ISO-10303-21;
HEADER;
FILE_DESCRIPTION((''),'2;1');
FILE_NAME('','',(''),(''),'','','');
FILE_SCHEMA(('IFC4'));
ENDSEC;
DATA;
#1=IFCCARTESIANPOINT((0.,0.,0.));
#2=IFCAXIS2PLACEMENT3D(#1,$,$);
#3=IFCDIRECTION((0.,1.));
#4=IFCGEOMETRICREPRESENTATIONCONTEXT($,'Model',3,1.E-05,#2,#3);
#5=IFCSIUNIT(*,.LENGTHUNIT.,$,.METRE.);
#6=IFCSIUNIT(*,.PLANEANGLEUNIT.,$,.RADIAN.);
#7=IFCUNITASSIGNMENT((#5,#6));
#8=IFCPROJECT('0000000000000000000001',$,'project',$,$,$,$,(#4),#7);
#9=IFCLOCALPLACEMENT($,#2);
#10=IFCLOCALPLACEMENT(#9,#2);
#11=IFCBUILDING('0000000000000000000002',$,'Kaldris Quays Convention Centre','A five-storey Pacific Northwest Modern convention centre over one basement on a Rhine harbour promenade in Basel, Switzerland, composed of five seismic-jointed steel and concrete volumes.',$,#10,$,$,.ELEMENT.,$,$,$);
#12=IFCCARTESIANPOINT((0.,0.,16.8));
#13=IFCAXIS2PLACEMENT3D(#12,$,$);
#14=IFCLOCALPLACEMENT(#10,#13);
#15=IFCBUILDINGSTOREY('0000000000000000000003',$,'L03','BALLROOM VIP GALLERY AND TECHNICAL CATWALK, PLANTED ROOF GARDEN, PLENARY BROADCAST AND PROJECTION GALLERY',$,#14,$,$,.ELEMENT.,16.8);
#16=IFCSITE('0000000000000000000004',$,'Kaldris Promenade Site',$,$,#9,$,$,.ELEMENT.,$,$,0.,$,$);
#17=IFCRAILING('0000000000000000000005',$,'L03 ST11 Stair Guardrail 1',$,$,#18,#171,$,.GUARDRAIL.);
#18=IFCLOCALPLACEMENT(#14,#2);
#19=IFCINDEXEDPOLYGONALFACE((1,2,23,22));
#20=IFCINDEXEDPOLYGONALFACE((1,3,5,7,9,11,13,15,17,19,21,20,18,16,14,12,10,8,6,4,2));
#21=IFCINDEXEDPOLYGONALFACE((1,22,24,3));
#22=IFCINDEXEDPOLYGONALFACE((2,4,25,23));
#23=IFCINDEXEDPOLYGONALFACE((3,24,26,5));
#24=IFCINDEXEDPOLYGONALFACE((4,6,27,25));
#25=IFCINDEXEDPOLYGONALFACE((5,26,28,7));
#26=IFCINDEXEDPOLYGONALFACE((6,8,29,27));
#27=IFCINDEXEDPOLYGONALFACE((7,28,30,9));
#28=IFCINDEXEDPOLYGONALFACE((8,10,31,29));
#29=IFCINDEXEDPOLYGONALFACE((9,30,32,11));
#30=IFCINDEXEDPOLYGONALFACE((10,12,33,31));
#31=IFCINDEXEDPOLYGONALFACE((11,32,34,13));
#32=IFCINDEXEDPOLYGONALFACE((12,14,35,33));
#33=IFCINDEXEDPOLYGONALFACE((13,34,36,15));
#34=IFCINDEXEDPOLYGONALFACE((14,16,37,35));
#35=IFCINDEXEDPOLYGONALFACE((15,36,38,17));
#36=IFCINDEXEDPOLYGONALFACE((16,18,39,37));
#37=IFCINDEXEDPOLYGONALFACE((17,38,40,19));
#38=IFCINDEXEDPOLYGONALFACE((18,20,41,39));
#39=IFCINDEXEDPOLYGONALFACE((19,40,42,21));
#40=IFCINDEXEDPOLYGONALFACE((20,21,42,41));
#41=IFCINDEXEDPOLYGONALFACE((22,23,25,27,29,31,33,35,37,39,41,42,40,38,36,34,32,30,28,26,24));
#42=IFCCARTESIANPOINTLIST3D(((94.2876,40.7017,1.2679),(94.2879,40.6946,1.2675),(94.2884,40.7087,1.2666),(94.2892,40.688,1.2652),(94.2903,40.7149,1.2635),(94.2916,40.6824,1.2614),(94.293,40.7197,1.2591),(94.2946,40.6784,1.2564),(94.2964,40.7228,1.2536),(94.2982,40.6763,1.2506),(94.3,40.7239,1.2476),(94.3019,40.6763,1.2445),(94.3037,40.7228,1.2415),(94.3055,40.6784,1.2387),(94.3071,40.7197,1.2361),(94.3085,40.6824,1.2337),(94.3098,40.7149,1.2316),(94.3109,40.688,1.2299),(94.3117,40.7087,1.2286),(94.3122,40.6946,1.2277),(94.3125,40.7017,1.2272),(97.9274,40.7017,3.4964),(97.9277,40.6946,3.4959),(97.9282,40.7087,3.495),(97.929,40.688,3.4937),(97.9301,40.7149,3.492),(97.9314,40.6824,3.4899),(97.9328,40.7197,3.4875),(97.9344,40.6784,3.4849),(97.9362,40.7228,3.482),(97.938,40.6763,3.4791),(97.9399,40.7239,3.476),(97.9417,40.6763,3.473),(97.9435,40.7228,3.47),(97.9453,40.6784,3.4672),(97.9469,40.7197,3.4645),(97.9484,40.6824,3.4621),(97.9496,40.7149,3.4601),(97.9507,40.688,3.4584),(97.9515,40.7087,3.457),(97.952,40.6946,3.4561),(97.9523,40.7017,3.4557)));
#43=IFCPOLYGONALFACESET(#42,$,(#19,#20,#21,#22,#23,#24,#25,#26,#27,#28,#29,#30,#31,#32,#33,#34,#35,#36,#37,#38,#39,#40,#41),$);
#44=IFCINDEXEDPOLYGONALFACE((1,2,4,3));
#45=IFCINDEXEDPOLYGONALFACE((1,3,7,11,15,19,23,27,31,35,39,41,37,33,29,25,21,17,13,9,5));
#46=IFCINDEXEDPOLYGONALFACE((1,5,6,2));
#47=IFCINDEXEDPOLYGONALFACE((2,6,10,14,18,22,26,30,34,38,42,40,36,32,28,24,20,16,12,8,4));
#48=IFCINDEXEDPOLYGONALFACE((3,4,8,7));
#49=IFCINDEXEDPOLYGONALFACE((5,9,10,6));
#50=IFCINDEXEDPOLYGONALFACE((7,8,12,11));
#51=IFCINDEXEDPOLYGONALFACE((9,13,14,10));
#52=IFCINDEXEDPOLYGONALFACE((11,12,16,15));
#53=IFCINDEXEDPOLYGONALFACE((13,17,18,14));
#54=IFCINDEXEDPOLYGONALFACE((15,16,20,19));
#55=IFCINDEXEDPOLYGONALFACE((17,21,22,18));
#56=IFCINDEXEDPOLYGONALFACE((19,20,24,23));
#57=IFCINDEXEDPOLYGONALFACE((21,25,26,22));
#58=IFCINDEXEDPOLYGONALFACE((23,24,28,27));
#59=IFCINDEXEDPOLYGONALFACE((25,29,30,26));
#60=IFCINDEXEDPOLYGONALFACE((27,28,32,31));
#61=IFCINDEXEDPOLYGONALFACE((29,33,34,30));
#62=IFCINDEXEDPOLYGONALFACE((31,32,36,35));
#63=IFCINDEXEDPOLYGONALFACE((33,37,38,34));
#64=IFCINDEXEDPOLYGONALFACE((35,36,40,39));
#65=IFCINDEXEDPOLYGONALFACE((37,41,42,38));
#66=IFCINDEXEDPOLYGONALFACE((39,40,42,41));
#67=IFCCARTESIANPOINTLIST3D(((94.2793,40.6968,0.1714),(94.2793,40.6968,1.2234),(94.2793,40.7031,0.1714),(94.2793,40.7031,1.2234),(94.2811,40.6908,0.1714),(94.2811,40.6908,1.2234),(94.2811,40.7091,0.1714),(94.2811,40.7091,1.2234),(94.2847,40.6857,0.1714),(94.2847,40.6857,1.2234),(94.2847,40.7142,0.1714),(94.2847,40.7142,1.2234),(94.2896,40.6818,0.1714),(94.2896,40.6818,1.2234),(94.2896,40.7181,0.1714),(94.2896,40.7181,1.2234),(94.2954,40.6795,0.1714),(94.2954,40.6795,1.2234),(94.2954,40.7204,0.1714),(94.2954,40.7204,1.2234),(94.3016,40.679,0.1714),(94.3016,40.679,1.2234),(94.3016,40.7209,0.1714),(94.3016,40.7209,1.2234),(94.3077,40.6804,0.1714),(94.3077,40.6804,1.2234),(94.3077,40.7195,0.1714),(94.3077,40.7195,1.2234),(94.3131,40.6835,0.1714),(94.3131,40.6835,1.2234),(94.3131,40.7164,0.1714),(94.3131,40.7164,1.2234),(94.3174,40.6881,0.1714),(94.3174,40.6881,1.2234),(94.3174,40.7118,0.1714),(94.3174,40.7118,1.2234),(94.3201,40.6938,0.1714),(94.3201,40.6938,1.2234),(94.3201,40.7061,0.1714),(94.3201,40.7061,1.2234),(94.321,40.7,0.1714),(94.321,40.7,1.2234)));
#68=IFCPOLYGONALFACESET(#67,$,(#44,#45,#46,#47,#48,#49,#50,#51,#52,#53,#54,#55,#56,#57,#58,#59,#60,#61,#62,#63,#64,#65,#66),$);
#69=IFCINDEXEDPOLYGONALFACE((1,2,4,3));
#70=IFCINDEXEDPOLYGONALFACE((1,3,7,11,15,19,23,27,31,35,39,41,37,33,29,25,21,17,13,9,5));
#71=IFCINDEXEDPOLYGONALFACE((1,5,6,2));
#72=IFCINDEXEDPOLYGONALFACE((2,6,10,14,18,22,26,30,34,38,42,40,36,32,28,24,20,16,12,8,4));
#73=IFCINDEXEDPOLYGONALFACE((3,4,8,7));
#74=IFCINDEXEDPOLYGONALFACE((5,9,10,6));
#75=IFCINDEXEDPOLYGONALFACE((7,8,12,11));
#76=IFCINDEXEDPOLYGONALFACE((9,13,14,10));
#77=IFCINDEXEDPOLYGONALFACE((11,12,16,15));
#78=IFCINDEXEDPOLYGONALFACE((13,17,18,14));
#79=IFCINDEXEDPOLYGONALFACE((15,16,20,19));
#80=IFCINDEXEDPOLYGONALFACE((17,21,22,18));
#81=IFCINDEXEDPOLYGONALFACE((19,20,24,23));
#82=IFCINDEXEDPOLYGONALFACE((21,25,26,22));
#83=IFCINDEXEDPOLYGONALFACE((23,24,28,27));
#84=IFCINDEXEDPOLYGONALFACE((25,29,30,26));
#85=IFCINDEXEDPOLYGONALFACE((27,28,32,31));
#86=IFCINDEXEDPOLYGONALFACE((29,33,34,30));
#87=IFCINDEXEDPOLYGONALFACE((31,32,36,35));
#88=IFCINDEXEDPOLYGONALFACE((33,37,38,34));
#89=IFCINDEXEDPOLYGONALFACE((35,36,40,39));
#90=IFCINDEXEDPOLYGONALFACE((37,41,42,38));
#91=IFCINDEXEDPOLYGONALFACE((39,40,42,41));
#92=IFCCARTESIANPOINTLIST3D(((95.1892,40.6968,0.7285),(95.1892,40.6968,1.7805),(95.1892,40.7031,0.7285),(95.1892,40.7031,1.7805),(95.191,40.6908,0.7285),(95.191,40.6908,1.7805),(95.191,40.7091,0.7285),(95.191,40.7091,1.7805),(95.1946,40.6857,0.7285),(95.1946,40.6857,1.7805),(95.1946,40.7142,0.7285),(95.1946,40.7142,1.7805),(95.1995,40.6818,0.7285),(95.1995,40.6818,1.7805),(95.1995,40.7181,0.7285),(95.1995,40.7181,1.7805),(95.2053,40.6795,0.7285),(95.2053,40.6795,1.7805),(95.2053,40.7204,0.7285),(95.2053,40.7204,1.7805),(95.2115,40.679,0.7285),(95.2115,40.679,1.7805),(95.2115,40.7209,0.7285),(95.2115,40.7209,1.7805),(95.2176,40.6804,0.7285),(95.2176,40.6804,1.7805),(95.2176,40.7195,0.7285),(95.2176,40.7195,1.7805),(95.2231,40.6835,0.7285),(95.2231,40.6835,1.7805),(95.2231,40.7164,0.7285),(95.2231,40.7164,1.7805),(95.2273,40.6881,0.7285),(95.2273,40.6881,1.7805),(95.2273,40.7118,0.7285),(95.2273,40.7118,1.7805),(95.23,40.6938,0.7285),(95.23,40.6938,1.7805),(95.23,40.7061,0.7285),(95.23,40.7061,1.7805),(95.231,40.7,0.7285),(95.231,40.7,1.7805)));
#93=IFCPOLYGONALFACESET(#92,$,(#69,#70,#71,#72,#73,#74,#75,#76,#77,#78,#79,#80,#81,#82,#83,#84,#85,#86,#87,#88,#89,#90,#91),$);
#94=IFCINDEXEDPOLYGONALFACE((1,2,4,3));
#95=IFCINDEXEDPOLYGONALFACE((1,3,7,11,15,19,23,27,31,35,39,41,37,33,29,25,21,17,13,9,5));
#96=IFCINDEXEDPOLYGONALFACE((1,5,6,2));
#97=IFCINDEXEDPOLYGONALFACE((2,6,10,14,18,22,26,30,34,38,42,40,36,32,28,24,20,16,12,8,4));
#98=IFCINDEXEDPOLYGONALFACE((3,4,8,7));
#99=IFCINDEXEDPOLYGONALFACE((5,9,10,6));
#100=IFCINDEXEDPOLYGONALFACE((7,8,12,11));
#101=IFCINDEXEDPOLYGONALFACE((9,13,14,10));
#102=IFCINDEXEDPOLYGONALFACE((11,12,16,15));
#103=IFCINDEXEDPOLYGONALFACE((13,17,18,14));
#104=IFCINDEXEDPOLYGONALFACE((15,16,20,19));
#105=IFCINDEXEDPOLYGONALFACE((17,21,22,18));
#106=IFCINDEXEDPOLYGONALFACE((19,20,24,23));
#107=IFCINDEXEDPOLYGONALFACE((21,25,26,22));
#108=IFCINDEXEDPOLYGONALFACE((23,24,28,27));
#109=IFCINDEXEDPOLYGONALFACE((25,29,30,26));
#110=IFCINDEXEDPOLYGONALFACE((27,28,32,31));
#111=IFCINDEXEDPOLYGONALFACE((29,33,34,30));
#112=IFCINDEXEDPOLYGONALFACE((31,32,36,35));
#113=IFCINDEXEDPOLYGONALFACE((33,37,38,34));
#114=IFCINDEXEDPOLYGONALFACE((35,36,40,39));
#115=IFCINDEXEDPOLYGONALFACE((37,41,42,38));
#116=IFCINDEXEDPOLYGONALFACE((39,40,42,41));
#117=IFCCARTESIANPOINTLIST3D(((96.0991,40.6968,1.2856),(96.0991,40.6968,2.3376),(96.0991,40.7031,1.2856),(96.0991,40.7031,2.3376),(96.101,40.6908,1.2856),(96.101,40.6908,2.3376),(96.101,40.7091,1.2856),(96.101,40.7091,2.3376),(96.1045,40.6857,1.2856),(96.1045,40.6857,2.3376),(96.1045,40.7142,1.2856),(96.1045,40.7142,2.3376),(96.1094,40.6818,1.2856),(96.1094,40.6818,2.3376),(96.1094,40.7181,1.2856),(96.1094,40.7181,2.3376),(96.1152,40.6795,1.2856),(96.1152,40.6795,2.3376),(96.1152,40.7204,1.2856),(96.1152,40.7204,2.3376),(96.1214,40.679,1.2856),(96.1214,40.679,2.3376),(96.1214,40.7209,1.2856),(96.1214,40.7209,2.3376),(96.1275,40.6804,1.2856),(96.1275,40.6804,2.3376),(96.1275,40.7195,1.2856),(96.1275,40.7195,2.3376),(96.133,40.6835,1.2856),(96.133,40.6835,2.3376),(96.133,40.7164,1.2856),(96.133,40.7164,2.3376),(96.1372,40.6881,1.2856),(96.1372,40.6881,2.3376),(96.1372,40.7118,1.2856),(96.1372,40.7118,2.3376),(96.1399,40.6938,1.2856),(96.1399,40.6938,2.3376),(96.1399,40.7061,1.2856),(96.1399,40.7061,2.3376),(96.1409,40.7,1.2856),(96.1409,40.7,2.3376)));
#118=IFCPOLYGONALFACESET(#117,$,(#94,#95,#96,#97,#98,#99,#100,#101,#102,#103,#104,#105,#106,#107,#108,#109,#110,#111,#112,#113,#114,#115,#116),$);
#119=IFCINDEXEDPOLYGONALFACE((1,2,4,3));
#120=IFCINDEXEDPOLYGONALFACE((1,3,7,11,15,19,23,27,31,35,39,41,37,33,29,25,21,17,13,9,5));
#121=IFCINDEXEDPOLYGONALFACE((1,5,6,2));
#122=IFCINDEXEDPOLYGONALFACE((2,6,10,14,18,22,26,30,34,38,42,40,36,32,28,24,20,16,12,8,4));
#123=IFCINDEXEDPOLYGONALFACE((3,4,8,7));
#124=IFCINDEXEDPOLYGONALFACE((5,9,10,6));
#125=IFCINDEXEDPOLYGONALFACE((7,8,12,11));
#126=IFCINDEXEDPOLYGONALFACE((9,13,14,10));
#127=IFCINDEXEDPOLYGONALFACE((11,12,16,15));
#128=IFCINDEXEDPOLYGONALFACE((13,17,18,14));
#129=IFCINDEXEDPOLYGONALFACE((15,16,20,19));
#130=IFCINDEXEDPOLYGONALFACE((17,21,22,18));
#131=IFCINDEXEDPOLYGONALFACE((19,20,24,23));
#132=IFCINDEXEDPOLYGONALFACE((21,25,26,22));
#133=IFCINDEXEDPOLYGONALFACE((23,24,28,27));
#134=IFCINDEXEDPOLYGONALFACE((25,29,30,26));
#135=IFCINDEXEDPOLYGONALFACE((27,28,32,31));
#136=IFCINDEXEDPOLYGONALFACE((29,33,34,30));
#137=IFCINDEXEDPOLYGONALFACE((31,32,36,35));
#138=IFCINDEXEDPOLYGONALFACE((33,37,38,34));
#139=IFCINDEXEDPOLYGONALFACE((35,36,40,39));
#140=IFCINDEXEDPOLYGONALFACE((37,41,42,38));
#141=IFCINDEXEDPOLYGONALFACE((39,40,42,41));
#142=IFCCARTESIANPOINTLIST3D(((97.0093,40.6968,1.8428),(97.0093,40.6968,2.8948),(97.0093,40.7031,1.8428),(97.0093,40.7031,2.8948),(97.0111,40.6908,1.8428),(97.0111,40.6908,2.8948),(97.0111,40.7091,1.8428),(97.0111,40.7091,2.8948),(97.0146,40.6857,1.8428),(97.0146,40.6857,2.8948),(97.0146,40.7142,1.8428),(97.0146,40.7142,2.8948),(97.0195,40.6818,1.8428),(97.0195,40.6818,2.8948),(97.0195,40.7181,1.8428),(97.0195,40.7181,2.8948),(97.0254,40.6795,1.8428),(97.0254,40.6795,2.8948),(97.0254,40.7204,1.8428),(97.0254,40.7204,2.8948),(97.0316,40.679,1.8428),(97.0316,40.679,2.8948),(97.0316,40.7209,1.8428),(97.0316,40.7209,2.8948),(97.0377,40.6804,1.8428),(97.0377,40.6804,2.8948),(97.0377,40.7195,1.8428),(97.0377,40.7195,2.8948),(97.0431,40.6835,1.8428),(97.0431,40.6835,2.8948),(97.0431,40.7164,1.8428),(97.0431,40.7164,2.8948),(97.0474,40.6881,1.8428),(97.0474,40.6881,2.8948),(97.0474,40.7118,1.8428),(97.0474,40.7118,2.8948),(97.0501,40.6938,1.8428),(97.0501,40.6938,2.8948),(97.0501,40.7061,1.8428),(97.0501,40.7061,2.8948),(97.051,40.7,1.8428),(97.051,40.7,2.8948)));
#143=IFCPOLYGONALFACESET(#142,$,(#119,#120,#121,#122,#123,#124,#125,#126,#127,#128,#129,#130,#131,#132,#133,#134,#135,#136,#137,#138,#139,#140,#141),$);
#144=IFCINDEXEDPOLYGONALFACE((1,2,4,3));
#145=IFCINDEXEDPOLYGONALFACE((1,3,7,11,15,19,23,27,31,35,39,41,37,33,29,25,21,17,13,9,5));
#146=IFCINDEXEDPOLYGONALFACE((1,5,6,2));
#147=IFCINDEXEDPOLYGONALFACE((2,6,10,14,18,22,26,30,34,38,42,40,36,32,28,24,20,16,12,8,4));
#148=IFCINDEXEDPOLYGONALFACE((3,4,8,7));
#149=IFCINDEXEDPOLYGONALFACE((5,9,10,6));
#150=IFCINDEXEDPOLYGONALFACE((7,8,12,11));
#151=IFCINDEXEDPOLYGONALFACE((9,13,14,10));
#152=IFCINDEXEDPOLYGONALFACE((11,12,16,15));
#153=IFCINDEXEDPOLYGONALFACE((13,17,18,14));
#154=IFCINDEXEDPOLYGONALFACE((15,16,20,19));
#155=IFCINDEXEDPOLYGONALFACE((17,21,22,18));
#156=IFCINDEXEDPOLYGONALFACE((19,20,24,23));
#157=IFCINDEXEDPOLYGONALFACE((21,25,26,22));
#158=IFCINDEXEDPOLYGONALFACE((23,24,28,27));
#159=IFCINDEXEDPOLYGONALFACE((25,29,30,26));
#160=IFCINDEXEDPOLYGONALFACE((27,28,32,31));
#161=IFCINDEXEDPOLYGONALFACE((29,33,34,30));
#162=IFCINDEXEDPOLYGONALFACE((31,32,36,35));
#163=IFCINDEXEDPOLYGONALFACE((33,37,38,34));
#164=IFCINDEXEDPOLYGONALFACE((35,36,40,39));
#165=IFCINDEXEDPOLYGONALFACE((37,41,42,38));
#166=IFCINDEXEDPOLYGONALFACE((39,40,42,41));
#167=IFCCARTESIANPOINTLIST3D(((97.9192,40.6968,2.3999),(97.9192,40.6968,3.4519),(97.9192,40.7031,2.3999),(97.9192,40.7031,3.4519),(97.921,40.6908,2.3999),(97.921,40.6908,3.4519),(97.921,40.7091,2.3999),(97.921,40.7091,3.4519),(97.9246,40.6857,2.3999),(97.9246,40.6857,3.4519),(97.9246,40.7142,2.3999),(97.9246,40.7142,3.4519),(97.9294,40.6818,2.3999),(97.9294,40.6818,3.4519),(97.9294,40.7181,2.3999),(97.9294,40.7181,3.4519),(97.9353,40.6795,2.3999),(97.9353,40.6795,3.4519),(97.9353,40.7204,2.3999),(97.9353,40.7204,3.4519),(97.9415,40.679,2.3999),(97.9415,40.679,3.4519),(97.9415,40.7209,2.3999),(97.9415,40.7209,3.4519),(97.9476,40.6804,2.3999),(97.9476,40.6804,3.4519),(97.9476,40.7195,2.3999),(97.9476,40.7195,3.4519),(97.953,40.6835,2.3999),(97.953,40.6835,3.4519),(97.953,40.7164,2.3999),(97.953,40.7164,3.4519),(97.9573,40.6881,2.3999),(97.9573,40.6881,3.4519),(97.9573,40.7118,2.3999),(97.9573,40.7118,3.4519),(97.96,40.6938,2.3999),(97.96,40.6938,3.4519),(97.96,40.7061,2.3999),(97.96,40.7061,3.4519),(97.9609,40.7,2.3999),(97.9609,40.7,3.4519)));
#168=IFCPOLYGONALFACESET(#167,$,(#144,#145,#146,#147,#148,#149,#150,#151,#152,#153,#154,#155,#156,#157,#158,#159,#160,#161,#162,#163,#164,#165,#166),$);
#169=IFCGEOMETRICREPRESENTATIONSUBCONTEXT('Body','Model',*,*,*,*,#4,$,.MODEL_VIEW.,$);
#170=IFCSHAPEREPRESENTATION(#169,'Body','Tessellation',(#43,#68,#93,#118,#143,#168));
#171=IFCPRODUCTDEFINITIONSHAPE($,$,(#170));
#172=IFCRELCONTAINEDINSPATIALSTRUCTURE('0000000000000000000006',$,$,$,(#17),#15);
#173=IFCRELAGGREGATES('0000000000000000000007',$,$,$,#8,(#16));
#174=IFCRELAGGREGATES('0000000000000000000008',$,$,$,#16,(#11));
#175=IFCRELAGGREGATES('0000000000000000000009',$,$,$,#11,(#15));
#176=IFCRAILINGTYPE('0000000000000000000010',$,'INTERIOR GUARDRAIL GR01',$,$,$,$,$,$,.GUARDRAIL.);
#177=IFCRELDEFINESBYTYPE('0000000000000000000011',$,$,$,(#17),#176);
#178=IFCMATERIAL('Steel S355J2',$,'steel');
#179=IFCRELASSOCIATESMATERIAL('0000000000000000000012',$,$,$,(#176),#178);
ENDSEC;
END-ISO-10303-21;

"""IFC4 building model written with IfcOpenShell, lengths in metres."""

from ifc_helpers import new_model, si_unit, direction, frame, origin, origin_2d, place, context, subcontext, project, spatial, circle, extrude, material, type_object, element, save


model = new_model("IFC4")

# Units and contexts
model_context = context("Model", 3, precision=1e-05, world=origin(), true_north=direction((0.0, 1.0)))
body_context = subcontext(model_context, "Body", "Model", "MODEL_VIEW")
ifc_project = project(units=[si_unit("LENGTHUNIT", "METRE"), si_unit("PLANEANGLEUNIT", "RADIAN")], contexts=[model_context])

# Site, building, storey
site_placement = place(None, origin())
site = spatial("IfcSite", under=ifc_project, at=site_placement, Name="Kaldris Promenade Site", CompositionType="ELEMENT", RefElevation=0.0)
building_placement = place(site_placement, origin())
building = spatial("IfcBuilding", under=site, at=building_placement, Name="Kaldris Quays Convention Centre", Description="A five-storey Pacific Northwest Modern convention centre over one basement on a Rhine harbour promenade in Basel, Switzerland, composed of five seismic-jointed steel and concrete volumes.", CompositionType="ELEMENT")
storey_placement = place(building_placement, frame((0.0, 0.0, 16.8)))
storey = spatial("IfcBuildingStorey", under=building, at=storey_placement, Name="L03", Description="BALLROOM VIP GALLERY AND TECHNICAL CATWALK, PLANTED ROOF GARDEN, PLENARY BROADCAST AND PROJECTION GALLERY", CompositionType="ELEMENT", Elevation=16.8)

# Railing
ifc_material_1 = material(Name="Steel S355J2", Category="steel")
railing_type_1 = type_object("IfcRailingType", Name="INTERIOR GUARDRAIL GR01", PredefinedType="GUARDRAIL", material=ifc_material_1)
railing_1_placement = place(storey_placement, frame((94.3, 40.7, 0.1714)))
element("IfcRailing", 1, at=railing_1_placement, inside=storey, type_object=railing_type_1, Name="L03 ST11 Stair Guardrail 1", PredefinedType="GUARDRAIL", context=body_context, shape_type="SweptSolid", body=[
    extrude(circle(Radius=0.0239, at=origin_2d()), frame((0.0, 0.0, 1.0762), z_axis=(0.85285, 0.0, 0.522156), x_axis=(0.0, 1.0, 0.0)), (0.0, 0.0, 1.0), 4.2678),
    extrude(circle(Radius=0.021, at=origin_2d()), origin(), (0.0, 0.0, 1.0), 1.052),
    extrude(circle(Radius=0.021, at=origin_2d()), frame((0.9099, 0.0, 0.5571)), (0.0, 0.0, 1.0), 1.052),
    extrude(circle(Radius=0.021, at=origin_2d()), frame((1.8198, 0.0, 1.1143)), (0.0, 0.0, 1.0), 1.052),
    extrude(circle(Radius=0.021, at=origin_2d()), frame((2.73, 0.0, 1.6714)), (0.0, 0.0, 1.0), 1.052),
    extrude(circle(Radius=0.021, at=origin_2d()), frame((3.6399, 0.0, 2.2285)), (0.0, 0.0, 1.0), 1.052),
])

save(model, "model.ifc")
